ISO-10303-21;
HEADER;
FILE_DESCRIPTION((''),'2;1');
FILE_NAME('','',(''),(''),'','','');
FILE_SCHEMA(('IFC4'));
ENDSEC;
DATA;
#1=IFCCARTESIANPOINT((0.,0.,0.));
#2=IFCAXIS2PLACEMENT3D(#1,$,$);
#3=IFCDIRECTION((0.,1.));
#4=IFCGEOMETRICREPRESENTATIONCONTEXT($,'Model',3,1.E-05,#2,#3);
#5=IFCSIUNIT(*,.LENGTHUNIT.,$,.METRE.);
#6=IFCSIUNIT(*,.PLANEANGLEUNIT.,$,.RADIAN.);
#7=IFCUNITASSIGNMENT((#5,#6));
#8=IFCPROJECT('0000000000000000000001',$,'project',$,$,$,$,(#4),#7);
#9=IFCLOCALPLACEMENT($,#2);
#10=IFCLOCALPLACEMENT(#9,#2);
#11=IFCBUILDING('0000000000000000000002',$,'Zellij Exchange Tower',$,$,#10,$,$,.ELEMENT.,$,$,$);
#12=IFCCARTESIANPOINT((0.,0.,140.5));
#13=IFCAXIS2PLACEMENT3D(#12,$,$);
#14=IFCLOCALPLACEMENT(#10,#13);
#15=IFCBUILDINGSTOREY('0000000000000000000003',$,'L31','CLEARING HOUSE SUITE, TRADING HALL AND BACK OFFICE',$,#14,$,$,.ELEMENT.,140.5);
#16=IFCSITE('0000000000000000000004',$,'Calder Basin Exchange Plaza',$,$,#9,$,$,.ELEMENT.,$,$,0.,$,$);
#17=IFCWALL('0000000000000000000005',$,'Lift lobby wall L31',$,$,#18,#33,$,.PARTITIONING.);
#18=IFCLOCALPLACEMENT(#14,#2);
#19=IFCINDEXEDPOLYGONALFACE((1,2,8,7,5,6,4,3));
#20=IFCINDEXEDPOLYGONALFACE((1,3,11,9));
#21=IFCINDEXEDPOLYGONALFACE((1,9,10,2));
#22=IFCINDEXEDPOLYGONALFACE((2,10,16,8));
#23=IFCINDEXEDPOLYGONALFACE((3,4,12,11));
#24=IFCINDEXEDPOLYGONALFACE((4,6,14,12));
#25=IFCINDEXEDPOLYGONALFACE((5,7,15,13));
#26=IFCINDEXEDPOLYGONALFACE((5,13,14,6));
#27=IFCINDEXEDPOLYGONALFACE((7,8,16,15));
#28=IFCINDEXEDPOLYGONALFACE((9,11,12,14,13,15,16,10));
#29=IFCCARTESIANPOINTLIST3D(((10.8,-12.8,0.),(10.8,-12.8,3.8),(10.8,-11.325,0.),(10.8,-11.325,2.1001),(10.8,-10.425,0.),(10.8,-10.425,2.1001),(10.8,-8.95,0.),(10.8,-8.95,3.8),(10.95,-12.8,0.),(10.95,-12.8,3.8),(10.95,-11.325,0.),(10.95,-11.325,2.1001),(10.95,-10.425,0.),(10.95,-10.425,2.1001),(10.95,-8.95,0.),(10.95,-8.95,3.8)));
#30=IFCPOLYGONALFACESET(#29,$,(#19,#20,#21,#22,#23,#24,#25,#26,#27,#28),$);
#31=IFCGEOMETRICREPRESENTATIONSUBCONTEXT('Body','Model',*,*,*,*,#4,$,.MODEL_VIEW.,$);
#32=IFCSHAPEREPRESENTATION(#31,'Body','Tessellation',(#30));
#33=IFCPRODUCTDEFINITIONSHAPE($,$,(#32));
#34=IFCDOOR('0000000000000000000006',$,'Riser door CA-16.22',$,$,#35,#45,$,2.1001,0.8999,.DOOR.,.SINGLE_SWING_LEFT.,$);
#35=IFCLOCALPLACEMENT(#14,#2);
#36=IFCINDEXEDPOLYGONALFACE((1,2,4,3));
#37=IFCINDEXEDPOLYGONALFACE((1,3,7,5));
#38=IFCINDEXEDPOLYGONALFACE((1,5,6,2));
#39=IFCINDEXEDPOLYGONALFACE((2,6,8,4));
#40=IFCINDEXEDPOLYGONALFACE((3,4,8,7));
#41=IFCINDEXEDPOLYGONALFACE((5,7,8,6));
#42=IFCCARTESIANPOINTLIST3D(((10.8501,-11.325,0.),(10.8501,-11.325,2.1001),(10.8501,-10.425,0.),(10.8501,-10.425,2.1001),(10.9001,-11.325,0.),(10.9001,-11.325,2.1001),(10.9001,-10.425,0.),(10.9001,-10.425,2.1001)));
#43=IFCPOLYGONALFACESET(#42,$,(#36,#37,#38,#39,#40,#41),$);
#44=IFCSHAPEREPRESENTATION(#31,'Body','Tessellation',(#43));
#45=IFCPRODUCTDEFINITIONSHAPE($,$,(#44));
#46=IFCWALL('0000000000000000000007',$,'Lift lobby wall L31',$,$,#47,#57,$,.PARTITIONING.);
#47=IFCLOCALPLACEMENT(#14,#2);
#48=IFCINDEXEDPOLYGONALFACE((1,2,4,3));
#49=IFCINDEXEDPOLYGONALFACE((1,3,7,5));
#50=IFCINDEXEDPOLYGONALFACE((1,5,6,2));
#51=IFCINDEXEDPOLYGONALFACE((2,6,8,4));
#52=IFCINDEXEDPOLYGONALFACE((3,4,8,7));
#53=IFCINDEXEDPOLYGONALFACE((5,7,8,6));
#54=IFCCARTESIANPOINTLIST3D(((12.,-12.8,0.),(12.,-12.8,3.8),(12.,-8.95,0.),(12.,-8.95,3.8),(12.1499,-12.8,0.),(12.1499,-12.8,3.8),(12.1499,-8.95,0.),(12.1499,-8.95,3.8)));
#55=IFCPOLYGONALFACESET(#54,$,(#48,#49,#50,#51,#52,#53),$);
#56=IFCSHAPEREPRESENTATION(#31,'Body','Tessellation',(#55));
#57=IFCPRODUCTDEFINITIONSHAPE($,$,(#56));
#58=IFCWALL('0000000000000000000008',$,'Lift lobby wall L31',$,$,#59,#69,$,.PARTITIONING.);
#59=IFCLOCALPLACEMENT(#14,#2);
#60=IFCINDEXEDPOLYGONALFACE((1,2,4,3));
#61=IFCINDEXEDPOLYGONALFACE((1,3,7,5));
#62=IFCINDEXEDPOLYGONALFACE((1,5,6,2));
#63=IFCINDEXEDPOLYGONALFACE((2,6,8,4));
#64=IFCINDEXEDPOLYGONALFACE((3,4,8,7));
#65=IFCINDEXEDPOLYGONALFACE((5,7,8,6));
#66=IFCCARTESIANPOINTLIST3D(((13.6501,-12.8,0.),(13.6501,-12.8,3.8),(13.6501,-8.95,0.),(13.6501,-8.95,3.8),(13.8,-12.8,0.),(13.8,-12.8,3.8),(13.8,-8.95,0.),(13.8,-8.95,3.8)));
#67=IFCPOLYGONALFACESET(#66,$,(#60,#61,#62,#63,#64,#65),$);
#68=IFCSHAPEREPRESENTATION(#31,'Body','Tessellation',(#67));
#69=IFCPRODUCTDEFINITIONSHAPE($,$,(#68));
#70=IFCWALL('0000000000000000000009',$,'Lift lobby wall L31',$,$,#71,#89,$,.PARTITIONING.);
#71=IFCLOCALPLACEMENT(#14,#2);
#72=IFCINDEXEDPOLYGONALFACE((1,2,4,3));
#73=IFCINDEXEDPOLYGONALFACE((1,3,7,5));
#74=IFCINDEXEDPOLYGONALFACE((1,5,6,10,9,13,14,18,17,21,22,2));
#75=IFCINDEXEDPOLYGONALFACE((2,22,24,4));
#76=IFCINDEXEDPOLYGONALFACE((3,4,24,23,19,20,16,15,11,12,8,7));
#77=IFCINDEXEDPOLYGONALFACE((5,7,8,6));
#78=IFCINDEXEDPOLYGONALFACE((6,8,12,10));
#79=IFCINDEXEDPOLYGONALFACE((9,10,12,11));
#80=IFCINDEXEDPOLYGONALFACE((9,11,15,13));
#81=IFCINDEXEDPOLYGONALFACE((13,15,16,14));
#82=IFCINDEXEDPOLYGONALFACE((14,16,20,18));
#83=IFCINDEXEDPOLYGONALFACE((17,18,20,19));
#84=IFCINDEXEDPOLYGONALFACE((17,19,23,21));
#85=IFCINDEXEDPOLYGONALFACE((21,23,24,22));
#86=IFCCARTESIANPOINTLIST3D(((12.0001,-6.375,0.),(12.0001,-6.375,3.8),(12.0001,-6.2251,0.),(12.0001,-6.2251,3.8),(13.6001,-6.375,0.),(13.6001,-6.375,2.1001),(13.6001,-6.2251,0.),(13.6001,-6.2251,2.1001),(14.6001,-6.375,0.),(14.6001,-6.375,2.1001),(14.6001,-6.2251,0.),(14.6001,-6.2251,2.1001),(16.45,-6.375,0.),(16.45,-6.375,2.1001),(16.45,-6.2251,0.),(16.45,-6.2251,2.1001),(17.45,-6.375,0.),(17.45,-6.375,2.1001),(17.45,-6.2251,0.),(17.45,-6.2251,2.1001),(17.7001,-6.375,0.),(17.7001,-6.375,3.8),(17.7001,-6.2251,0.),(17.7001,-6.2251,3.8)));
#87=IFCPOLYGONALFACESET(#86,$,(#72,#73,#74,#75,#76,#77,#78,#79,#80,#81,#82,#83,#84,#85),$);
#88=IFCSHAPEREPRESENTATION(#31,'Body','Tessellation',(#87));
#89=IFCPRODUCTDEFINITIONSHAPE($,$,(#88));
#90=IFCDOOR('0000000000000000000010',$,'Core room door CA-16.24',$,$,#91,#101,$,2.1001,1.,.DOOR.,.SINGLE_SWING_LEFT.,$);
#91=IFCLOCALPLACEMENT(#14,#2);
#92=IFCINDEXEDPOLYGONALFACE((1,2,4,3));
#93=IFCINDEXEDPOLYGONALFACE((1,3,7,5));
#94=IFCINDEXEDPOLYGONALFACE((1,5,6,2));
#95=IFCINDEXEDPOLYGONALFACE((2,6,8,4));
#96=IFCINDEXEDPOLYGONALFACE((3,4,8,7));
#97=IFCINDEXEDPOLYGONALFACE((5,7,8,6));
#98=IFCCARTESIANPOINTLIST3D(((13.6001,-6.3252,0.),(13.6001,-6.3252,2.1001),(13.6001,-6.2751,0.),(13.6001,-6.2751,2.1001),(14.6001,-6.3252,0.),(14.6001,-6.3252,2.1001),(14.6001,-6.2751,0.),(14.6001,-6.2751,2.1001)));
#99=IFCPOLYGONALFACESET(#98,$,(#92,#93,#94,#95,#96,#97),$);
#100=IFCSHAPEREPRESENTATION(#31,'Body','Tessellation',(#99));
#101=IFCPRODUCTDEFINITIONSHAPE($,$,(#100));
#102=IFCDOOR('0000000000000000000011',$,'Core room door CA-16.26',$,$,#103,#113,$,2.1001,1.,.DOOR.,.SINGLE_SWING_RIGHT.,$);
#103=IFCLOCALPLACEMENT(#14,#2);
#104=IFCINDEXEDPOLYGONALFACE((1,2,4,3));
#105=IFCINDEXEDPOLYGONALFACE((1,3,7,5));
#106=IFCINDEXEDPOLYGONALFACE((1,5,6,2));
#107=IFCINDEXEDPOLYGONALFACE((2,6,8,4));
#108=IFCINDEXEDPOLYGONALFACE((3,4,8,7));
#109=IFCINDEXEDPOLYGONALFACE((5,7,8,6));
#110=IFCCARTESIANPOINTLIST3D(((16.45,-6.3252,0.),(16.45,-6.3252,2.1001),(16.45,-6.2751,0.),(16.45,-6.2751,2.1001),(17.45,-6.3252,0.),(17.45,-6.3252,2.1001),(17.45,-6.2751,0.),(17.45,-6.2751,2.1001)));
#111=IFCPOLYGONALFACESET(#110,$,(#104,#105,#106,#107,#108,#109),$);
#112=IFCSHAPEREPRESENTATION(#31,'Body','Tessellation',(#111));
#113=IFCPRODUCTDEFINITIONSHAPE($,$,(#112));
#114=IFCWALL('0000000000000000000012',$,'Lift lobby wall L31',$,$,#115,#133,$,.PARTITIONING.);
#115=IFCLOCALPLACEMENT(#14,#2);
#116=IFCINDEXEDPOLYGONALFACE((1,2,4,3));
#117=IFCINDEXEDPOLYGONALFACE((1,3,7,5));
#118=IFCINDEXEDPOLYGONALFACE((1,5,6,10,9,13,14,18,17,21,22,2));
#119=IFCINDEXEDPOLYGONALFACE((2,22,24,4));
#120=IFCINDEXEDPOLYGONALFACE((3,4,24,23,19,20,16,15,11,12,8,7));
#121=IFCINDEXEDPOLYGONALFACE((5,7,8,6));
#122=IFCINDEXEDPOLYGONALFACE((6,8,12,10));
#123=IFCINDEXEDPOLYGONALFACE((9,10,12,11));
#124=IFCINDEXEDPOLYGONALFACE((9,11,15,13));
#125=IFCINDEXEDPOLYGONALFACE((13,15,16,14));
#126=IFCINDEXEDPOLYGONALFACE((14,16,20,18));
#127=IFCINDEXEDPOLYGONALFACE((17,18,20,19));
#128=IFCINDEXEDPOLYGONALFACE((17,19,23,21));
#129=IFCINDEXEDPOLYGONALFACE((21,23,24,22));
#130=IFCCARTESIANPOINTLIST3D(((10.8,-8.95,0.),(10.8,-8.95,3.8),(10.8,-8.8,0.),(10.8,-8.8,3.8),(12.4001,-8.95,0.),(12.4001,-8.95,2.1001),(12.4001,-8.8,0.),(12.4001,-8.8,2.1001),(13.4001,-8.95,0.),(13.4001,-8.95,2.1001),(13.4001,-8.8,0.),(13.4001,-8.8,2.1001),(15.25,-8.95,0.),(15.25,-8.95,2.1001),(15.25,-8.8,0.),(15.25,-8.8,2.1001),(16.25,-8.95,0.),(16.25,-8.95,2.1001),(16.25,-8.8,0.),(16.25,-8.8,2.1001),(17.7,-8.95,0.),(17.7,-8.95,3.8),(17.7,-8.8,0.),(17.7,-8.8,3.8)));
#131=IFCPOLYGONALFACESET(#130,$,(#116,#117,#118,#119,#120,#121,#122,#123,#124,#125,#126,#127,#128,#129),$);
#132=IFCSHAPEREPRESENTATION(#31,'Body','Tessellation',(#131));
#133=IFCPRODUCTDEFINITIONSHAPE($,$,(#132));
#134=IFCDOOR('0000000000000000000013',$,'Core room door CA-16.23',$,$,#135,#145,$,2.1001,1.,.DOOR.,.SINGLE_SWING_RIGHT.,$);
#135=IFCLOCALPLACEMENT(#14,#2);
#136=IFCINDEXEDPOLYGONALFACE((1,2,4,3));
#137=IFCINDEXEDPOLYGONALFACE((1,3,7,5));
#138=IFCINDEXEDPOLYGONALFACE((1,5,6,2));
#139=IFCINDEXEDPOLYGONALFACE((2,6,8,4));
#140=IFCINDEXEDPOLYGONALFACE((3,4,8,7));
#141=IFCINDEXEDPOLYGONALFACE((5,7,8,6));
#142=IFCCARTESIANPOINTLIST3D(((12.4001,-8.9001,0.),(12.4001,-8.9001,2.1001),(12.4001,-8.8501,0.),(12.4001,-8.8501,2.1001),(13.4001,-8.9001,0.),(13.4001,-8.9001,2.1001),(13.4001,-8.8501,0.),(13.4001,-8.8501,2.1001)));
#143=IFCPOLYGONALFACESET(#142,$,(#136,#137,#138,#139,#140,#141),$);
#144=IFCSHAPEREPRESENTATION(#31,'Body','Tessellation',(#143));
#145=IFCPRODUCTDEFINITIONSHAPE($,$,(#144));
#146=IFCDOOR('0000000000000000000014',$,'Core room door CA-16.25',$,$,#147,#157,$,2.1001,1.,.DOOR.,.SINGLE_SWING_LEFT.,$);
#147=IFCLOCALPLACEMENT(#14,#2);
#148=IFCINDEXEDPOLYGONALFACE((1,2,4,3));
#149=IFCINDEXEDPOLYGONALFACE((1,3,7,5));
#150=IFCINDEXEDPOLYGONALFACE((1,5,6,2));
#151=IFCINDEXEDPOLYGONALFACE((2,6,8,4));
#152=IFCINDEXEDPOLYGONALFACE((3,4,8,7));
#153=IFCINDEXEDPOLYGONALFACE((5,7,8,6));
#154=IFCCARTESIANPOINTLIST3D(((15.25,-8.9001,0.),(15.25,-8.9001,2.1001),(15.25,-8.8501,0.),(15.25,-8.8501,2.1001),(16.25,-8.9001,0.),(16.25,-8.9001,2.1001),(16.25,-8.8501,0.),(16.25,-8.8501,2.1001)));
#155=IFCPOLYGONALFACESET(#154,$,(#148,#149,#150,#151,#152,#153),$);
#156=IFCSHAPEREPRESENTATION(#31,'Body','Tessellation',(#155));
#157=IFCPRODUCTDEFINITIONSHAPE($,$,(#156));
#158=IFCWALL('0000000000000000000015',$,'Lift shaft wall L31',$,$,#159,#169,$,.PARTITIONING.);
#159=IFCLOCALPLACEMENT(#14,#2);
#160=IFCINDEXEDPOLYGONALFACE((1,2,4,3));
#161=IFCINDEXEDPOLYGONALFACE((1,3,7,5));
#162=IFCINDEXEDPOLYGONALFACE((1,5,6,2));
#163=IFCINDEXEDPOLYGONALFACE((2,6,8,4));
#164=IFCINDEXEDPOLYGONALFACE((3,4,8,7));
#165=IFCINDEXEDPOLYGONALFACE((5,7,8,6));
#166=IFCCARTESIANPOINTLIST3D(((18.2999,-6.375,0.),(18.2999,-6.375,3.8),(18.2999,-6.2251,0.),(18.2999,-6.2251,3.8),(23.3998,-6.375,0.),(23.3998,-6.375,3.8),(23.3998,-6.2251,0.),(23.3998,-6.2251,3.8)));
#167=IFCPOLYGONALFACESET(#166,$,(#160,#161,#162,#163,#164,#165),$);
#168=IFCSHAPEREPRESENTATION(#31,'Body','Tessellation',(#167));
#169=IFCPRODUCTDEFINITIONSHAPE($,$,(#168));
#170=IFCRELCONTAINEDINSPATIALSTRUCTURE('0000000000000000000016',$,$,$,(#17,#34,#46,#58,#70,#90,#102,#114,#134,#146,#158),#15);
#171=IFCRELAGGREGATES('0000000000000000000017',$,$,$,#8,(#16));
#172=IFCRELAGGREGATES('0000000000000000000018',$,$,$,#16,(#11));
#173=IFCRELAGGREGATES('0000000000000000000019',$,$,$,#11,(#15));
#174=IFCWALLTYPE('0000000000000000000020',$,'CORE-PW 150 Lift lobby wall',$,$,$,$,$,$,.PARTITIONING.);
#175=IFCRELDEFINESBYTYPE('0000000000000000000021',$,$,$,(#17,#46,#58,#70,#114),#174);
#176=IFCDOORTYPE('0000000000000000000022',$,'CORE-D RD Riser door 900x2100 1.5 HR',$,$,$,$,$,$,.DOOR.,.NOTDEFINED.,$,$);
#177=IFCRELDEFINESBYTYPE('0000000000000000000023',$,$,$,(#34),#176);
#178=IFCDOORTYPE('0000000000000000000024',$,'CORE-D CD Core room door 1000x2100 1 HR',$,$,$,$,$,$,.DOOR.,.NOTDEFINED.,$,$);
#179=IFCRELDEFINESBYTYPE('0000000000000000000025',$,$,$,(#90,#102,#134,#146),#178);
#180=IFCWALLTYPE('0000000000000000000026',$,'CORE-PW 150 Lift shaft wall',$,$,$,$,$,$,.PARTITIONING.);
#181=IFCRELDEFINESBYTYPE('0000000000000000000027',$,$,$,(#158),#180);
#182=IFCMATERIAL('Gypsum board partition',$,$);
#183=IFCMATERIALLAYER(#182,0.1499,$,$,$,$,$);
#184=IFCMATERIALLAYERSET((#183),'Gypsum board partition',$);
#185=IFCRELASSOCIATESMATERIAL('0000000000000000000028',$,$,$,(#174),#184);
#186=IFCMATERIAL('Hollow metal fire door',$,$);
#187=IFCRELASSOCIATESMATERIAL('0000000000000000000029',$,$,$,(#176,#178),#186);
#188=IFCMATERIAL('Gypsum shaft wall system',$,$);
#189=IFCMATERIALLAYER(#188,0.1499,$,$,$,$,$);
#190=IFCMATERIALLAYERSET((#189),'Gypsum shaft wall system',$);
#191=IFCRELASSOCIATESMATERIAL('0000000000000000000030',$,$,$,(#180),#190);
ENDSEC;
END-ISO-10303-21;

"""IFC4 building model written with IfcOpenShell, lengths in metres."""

from ifc_helpers import new_model, si_unit, direction, frame, frame_2d, origin, place, context, subcontext, project, spatial, rectangle, extrude, material, layer, layer_set, type_object, element, fill, save


model = new_model("IFC4")

# Units and contexts
model_context = context("Model", 3, precision=1e-05, world=origin(), true_north=direction((0.0, 1.0)))
body_context = subcontext(model_context, "Body", "Model", "MODEL_VIEW")
ifc_project = project(units=[si_unit("LENGTHUNIT", "METRE"), si_unit("PLANEANGLEUNIT", "RADIAN")], contexts=[model_context])

# Site, building, storey
site_placement = place(None, origin())
site = spatial("IfcSite", under=ifc_project, at=site_placement, Name="Calder Basin Exchange Plaza", CompositionType="ELEMENT", RefElevation=0.0)
building_placement = place(site_placement, origin())
building = spatial("IfcBuilding", under=site, at=building_placement, Name="Zellij Exchange Tower", CompositionType="ELEMENT")
storey_placement = place(building_placement, frame((0.0, 0.0, 140.5)))
storey = spatial("IfcBuildingStorey", under=building, at=storey_placement, Name="L31", Description="CLEARING HOUSE SUITE, TRADING HALL AND BACK OFFICE", CompositionType="ELEMENT", Elevation=140.5)

# Shared definitions
ifc_material_1 = material(Name="Gypsum board partition")
ifc_layer_1 = layer(ifc_material_1, 0.1499)
ifc_layer_set_1 = layer_set([ifc_layer_1], Name="Gypsum board partition")
wall_type_1 = type_object("IfcWallType", Name="CORE-PW 150 Lift lobby wall", PredefinedType="PARTITIONING", material=ifc_layer_set_1)

# Wall, opening, door
wall_1_placement = place(storey_placement, frame((10.875, -12.8, 0.0), z_axis=(0.0, 0.0, 1.0), x_axis=(0.0, 1.0, 0.0)))
wall_1 = element("IfcWall", 1, at=wall_1_placement, inside=storey, type_object=wall_type_1, Name="Lift lobby wall L31", PredefinedType="PARTITIONING", context=body_context, shape_type="SweptSolid", body=[
    extrude(rectangle(XDim=3.8501, YDim=0.1499, at=frame_2d((1.925, 0.0))), origin(), (0.0, 0.0, 1.0), 3.8),
])
opening_1_placement = place(wall_1_placement, frame((1.4751, 0.0, 0.0)))
opening_1 = element("IfcOpeningElement", 2, at=opening_1_placement, cuts=wall_1, PredefinedType="OPENING", context=body_context, shape_type="SweptSolid", body=[
    extrude(rectangle(XDim=0.8999, YDim=2.1001, at=frame_2d((0.45, 1.05))), frame((0.0, 0.0869, 0.0), z_axis=(0.0, -1.0, 0.0), x_axis=(1.0, 0.0, 0.0)), (0.0, 0.0, 1.0), 0.1738),
])
ifc_material_2 = material(Name="Hollow metal fire door")
door_type_1 = type_object("IfcDoorType", Name="CORE-D RD Riser door 900x2100 1.5 HR", OperationType="NOTDEFINED", PredefinedType="DOOR", material=ifc_material_2)
door_1_placement = place(opening_1_placement, origin())
door_1 = element("IfcDoor", 3, at=door_1_placement, inside=storey, type_object=door_type_1, Name="Riser door CA-16.22", OperationType="SINGLE_SWING_LEFT", OverallHeight=2.1001, OverallWidth=0.8999, PredefinedType="DOOR", context=body_context, shape_type="SweptSolid", body=[
    extrude(rectangle(XDim=0.8999, YDim=2.1001, at=frame_2d((0.45, 1.05))), frame((0.0, 0.0249, 0.0), z_axis=(0.0, -1.0, 0.0), x_axis=(1.0, 0.0, 0.0)), (0.0, 0.0, 1.0), 0.05),
])
fill(opening_1, door_1)

# Walls
for number, where, z_axis, x_axis, name in (
    (4, (12.075, -12.8, 0.0), (0.0, 0.0, 1.0), (0.0, 1.0, 0.0), "Lift lobby wall L31"),
    (5, (13.7251, -12.8, 0.0), (0.0, 0.0, 1.0), (0.0, 1.0, 0.0), "Lift lobby wall L31"),
):
    element("IfcWall", number, at=place(storey_placement, frame(where, z_axis=z_axis, x_axis=x_axis)), inside=storey, type_object=wall_type_1, Name=name, PredefinedType="PARTITIONING", context=body_context, shape_type="SweptSolid", body=[
        extrude(rectangle(XDim=3.8501, YDim=0.1499, at=frame_2d((1.925, 0.0))), origin(), (0.0, 0.0, 1.0), 3.8),
    ])

# Walls, openings, doors
wall_2_placement = place(storey_placement, frame((12.0, -6.3, 0.0), z_axis=(0.0, 0.0, 1.0), x_axis=(1.0, 0.0, 0.0)))
wall_2 = element("IfcWall", 6, at=wall_2_placement, inside=storey, type_object=wall_type_1, Name="Lift lobby wall L31", PredefinedType="PARTITIONING", context=body_context, shape_type="SweptSolid", body=[
    extrude(rectangle(XDim=5.7, YDim=0.1499, at=frame_2d((2.8501, 0.0))), origin(), (0.0, 0.0, 1.0), 3.8),
])
opening_2_placement = place(wall_2_placement, frame((1.6001, 0.0, 0.0)))
opening_2 = element("IfcOpeningElement", 7, at=opening_2_placement, cuts=wall_2, PredefinedType="OPENING", context=body_context, shape_type="SweptSolid", body=[
    extrude(rectangle(XDim=1.0, YDim=2.1001, at=frame_2d((0.5, 1.05))), frame((0.0, 0.0869, 0.0), z_axis=(0.0, -1.0, 0.0), x_axis=(1.0, 0.0, 0.0)), (0.0, 0.0, 1.0), 0.1738),
])
opening_3_placement = place(wall_2_placement, frame((4.45, 0.0, 0.0)))
opening_3 = element("IfcOpeningElement", 8, at=opening_3_placement, cuts=wall_2, PredefinedType="OPENING", context=body_context, shape_type="SweptSolid", body=[
    extrude(rectangle(XDim=1.0, YDim=2.1001, at=frame_2d((0.5, 1.05))), frame((0.0, 0.0869, 0.0), z_axis=(0.0, -1.0, 0.0), x_axis=(1.0, 0.0, 0.0)), (0.0, 0.0, 1.0), 0.1738),
])
door_type_2 = type_object("IfcDoorType", Name="CORE-D CD Core room door 1000x2100 1 HR", OperationType="NOTDEFINED", PredefinedType="DOOR", material=ifc_material_2)
door_2_placement = place(opening_2_placement, origin())
door_2 = element("IfcDoor", 9, at=door_2_placement, inside=storey, type_object=door_type_2, Name="Core room door CA-16.24", OperationType="SINGLE_SWING_LEFT", OverallHeight=2.1001, OverallWidth=1.0, PredefinedType="DOOR", context=body_context, shape_type="SweptSolid", body=[
    extrude(rectangle(XDim=1.0, YDim=2.1001, at=frame_2d((0.5, 1.05))), frame((0.0, 0.0249, 0.0), z_axis=(0.0, -1.0, 0.0), x_axis=(1.0, 0.0, 0.0)), (0.0, 0.0, 1.0), 0.05),
])
fill(opening_2, door_2)
door_3_placement = place(opening_3_placement, origin())
door_3 = element("IfcDoor", 10, at=door_3_placement, inside=storey, type_object=door_type_2, Name="Core room door CA-16.26", OperationType="SINGLE_SWING_RIGHT", OverallHeight=2.1001, OverallWidth=1.0, PredefinedType="DOOR", context=body_context, shape_type="SweptSolid", body=[
    extrude(rectangle(XDim=1.0, YDim=2.1001, at=frame_2d((0.5, 1.05))), frame((0.0, 0.0249, 0.0), z_axis=(0.0, -1.0, 0.0), x_axis=(1.0, 0.0, 0.0)), (0.0, 0.0, 1.0), 0.05),
])
fill(opening_3, door_3)
wall_3_placement = place(storey_placement, frame((10.8, -8.875, 0.0), z_axis=(0.0, 0.0, 1.0), x_axis=(1.0, 0.0, 0.0)))
wall_3 = element("IfcWall", 11, at=wall_3_placement, inside=storey, type_object=wall_type_1, Name="Lift lobby wall L31", PredefinedType="PARTITIONING", context=body_context, shape_type="SweptSolid", body=[
    extrude(rectangle(XDim=6.8999, YDim=0.1499, at=frame_2d((3.45, 0.0))), origin(), (0.0, 0.0, 1.0), 3.8),
])
opening_4_placement = place(wall_3_placement, frame((1.6001, 0.0, 0.0)))
opening_4 = element("IfcOpeningElement", 12, at=opening_4_placement, cuts=wall_3, PredefinedType="OPENING", context=body_context, shape_type="SweptSolid", body=[
    extrude(rectangle(XDim=1.0, YDim=2.1001, at=frame_2d((0.5, 1.05))), frame((0.0, 0.0869, 0.0), z_axis=(0.0, -1.0, 0.0), x_axis=(1.0, 0.0, 0.0)), (0.0, 0.0, 1.0), 0.1738),
])
opening_5_placement = place(wall_3_placement, frame((4.45, 0.0, 0.0)))
opening_5 = element("IfcOpeningElement", 13, at=opening_5_placement, cuts=wall_3, PredefinedType="OPENING", context=body_context, shape_type="SweptSolid", body=[
    extrude(rectangle(XDim=1.0, YDim=2.1001, at=frame_2d((0.5, 1.05))), frame((0.0, 0.0869, 0.0), z_axis=(0.0, -1.0, 0.0), x_axis=(1.0, 0.0, 0.0)), (0.0, 0.0, 1.0), 0.1738),
])
door_4_placement = place(opening_4_placement, origin())
door_4 = element("IfcDoor", 14, at=door_4_placement, inside=storey, type_object=door_type_2, Name="Core room door CA-16.23", OperationType="SINGLE_SWING_RIGHT", OverallHeight=2.1001, OverallWidth=1.0, PredefinedType="DOOR", context=body_context, shape_type="SweptSolid", body=[
    extrude(rectangle(XDim=1.0, YDim=2.1001, at=frame_2d((0.5, 1.05))), frame((0.0, 0.0249, 0.0), z_axis=(0.0, -1.0, 0.0), x_axis=(1.0, 0.0, 0.0)), (0.0, 0.0, 1.0), 0.05),
])
fill(opening_4, door_4)
door_5_placement = place(opening_5_placement, origin())
door_5 = element("IfcDoor", 15, at=door_5_placement, inside=storey, type_object=door_type_2, Name="Core room door CA-16.25", OperationType="SINGLE_SWING_LEFT", OverallHeight=2.1001, OverallWidth=1.0, PredefinedType="DOOR", context=body_context, shape_type="SweptSolid", body=[
    extrude(rectangle(XDim=1.0, YDim=2.1001, at=frame_2d((0.5, 1.05))), frame((0.0, 0.0249, 0.0), z_axis=(0.0, -1.0, 0.0), x_axis=(1.0, 0.0, 0.0)), (0.0, 0.0, 1.0), 0.05),
])
fill(opening_5, door_5)

# Wall
ifc_material_3 = material(Name="Gypsum shaft wall system")
ifc_layer_2 = layer(ifc_material_3, 0.1499)
ifc_layer_set_2 = layer_set([ifc_layer_2], Name="Gypsum shaft wall system")
wall_type_2 = type_object("IfcWallType", Name="CORE-PW 150 Lift shaft wall", PredefinedType="PARTITIONING", material=ifc_layer_set_2)
wall_4_placement = place(storey_placement, frame((18.3, -6.3, 0.0), z_axis=(0.0, 0.0, 1.0), x_axis=(1.0, 0.0, 0.0)))
element("IfcWall", 16, at=wall_4_placement, inside=storey, type_object=wall_type_2, Name="Lift shaft wall L31", PredefinedType="PARTITIONING", context=body_context, shape_type="SweptSolid", body=[
    extrude(rectangle(XDim=5.0999, YDim=0.1499, at=frame_2d((2.5498, 0.0))), origin(), (0.0, 0.0, 1.0), 3.8),
])

save(model, "model.ifc")
